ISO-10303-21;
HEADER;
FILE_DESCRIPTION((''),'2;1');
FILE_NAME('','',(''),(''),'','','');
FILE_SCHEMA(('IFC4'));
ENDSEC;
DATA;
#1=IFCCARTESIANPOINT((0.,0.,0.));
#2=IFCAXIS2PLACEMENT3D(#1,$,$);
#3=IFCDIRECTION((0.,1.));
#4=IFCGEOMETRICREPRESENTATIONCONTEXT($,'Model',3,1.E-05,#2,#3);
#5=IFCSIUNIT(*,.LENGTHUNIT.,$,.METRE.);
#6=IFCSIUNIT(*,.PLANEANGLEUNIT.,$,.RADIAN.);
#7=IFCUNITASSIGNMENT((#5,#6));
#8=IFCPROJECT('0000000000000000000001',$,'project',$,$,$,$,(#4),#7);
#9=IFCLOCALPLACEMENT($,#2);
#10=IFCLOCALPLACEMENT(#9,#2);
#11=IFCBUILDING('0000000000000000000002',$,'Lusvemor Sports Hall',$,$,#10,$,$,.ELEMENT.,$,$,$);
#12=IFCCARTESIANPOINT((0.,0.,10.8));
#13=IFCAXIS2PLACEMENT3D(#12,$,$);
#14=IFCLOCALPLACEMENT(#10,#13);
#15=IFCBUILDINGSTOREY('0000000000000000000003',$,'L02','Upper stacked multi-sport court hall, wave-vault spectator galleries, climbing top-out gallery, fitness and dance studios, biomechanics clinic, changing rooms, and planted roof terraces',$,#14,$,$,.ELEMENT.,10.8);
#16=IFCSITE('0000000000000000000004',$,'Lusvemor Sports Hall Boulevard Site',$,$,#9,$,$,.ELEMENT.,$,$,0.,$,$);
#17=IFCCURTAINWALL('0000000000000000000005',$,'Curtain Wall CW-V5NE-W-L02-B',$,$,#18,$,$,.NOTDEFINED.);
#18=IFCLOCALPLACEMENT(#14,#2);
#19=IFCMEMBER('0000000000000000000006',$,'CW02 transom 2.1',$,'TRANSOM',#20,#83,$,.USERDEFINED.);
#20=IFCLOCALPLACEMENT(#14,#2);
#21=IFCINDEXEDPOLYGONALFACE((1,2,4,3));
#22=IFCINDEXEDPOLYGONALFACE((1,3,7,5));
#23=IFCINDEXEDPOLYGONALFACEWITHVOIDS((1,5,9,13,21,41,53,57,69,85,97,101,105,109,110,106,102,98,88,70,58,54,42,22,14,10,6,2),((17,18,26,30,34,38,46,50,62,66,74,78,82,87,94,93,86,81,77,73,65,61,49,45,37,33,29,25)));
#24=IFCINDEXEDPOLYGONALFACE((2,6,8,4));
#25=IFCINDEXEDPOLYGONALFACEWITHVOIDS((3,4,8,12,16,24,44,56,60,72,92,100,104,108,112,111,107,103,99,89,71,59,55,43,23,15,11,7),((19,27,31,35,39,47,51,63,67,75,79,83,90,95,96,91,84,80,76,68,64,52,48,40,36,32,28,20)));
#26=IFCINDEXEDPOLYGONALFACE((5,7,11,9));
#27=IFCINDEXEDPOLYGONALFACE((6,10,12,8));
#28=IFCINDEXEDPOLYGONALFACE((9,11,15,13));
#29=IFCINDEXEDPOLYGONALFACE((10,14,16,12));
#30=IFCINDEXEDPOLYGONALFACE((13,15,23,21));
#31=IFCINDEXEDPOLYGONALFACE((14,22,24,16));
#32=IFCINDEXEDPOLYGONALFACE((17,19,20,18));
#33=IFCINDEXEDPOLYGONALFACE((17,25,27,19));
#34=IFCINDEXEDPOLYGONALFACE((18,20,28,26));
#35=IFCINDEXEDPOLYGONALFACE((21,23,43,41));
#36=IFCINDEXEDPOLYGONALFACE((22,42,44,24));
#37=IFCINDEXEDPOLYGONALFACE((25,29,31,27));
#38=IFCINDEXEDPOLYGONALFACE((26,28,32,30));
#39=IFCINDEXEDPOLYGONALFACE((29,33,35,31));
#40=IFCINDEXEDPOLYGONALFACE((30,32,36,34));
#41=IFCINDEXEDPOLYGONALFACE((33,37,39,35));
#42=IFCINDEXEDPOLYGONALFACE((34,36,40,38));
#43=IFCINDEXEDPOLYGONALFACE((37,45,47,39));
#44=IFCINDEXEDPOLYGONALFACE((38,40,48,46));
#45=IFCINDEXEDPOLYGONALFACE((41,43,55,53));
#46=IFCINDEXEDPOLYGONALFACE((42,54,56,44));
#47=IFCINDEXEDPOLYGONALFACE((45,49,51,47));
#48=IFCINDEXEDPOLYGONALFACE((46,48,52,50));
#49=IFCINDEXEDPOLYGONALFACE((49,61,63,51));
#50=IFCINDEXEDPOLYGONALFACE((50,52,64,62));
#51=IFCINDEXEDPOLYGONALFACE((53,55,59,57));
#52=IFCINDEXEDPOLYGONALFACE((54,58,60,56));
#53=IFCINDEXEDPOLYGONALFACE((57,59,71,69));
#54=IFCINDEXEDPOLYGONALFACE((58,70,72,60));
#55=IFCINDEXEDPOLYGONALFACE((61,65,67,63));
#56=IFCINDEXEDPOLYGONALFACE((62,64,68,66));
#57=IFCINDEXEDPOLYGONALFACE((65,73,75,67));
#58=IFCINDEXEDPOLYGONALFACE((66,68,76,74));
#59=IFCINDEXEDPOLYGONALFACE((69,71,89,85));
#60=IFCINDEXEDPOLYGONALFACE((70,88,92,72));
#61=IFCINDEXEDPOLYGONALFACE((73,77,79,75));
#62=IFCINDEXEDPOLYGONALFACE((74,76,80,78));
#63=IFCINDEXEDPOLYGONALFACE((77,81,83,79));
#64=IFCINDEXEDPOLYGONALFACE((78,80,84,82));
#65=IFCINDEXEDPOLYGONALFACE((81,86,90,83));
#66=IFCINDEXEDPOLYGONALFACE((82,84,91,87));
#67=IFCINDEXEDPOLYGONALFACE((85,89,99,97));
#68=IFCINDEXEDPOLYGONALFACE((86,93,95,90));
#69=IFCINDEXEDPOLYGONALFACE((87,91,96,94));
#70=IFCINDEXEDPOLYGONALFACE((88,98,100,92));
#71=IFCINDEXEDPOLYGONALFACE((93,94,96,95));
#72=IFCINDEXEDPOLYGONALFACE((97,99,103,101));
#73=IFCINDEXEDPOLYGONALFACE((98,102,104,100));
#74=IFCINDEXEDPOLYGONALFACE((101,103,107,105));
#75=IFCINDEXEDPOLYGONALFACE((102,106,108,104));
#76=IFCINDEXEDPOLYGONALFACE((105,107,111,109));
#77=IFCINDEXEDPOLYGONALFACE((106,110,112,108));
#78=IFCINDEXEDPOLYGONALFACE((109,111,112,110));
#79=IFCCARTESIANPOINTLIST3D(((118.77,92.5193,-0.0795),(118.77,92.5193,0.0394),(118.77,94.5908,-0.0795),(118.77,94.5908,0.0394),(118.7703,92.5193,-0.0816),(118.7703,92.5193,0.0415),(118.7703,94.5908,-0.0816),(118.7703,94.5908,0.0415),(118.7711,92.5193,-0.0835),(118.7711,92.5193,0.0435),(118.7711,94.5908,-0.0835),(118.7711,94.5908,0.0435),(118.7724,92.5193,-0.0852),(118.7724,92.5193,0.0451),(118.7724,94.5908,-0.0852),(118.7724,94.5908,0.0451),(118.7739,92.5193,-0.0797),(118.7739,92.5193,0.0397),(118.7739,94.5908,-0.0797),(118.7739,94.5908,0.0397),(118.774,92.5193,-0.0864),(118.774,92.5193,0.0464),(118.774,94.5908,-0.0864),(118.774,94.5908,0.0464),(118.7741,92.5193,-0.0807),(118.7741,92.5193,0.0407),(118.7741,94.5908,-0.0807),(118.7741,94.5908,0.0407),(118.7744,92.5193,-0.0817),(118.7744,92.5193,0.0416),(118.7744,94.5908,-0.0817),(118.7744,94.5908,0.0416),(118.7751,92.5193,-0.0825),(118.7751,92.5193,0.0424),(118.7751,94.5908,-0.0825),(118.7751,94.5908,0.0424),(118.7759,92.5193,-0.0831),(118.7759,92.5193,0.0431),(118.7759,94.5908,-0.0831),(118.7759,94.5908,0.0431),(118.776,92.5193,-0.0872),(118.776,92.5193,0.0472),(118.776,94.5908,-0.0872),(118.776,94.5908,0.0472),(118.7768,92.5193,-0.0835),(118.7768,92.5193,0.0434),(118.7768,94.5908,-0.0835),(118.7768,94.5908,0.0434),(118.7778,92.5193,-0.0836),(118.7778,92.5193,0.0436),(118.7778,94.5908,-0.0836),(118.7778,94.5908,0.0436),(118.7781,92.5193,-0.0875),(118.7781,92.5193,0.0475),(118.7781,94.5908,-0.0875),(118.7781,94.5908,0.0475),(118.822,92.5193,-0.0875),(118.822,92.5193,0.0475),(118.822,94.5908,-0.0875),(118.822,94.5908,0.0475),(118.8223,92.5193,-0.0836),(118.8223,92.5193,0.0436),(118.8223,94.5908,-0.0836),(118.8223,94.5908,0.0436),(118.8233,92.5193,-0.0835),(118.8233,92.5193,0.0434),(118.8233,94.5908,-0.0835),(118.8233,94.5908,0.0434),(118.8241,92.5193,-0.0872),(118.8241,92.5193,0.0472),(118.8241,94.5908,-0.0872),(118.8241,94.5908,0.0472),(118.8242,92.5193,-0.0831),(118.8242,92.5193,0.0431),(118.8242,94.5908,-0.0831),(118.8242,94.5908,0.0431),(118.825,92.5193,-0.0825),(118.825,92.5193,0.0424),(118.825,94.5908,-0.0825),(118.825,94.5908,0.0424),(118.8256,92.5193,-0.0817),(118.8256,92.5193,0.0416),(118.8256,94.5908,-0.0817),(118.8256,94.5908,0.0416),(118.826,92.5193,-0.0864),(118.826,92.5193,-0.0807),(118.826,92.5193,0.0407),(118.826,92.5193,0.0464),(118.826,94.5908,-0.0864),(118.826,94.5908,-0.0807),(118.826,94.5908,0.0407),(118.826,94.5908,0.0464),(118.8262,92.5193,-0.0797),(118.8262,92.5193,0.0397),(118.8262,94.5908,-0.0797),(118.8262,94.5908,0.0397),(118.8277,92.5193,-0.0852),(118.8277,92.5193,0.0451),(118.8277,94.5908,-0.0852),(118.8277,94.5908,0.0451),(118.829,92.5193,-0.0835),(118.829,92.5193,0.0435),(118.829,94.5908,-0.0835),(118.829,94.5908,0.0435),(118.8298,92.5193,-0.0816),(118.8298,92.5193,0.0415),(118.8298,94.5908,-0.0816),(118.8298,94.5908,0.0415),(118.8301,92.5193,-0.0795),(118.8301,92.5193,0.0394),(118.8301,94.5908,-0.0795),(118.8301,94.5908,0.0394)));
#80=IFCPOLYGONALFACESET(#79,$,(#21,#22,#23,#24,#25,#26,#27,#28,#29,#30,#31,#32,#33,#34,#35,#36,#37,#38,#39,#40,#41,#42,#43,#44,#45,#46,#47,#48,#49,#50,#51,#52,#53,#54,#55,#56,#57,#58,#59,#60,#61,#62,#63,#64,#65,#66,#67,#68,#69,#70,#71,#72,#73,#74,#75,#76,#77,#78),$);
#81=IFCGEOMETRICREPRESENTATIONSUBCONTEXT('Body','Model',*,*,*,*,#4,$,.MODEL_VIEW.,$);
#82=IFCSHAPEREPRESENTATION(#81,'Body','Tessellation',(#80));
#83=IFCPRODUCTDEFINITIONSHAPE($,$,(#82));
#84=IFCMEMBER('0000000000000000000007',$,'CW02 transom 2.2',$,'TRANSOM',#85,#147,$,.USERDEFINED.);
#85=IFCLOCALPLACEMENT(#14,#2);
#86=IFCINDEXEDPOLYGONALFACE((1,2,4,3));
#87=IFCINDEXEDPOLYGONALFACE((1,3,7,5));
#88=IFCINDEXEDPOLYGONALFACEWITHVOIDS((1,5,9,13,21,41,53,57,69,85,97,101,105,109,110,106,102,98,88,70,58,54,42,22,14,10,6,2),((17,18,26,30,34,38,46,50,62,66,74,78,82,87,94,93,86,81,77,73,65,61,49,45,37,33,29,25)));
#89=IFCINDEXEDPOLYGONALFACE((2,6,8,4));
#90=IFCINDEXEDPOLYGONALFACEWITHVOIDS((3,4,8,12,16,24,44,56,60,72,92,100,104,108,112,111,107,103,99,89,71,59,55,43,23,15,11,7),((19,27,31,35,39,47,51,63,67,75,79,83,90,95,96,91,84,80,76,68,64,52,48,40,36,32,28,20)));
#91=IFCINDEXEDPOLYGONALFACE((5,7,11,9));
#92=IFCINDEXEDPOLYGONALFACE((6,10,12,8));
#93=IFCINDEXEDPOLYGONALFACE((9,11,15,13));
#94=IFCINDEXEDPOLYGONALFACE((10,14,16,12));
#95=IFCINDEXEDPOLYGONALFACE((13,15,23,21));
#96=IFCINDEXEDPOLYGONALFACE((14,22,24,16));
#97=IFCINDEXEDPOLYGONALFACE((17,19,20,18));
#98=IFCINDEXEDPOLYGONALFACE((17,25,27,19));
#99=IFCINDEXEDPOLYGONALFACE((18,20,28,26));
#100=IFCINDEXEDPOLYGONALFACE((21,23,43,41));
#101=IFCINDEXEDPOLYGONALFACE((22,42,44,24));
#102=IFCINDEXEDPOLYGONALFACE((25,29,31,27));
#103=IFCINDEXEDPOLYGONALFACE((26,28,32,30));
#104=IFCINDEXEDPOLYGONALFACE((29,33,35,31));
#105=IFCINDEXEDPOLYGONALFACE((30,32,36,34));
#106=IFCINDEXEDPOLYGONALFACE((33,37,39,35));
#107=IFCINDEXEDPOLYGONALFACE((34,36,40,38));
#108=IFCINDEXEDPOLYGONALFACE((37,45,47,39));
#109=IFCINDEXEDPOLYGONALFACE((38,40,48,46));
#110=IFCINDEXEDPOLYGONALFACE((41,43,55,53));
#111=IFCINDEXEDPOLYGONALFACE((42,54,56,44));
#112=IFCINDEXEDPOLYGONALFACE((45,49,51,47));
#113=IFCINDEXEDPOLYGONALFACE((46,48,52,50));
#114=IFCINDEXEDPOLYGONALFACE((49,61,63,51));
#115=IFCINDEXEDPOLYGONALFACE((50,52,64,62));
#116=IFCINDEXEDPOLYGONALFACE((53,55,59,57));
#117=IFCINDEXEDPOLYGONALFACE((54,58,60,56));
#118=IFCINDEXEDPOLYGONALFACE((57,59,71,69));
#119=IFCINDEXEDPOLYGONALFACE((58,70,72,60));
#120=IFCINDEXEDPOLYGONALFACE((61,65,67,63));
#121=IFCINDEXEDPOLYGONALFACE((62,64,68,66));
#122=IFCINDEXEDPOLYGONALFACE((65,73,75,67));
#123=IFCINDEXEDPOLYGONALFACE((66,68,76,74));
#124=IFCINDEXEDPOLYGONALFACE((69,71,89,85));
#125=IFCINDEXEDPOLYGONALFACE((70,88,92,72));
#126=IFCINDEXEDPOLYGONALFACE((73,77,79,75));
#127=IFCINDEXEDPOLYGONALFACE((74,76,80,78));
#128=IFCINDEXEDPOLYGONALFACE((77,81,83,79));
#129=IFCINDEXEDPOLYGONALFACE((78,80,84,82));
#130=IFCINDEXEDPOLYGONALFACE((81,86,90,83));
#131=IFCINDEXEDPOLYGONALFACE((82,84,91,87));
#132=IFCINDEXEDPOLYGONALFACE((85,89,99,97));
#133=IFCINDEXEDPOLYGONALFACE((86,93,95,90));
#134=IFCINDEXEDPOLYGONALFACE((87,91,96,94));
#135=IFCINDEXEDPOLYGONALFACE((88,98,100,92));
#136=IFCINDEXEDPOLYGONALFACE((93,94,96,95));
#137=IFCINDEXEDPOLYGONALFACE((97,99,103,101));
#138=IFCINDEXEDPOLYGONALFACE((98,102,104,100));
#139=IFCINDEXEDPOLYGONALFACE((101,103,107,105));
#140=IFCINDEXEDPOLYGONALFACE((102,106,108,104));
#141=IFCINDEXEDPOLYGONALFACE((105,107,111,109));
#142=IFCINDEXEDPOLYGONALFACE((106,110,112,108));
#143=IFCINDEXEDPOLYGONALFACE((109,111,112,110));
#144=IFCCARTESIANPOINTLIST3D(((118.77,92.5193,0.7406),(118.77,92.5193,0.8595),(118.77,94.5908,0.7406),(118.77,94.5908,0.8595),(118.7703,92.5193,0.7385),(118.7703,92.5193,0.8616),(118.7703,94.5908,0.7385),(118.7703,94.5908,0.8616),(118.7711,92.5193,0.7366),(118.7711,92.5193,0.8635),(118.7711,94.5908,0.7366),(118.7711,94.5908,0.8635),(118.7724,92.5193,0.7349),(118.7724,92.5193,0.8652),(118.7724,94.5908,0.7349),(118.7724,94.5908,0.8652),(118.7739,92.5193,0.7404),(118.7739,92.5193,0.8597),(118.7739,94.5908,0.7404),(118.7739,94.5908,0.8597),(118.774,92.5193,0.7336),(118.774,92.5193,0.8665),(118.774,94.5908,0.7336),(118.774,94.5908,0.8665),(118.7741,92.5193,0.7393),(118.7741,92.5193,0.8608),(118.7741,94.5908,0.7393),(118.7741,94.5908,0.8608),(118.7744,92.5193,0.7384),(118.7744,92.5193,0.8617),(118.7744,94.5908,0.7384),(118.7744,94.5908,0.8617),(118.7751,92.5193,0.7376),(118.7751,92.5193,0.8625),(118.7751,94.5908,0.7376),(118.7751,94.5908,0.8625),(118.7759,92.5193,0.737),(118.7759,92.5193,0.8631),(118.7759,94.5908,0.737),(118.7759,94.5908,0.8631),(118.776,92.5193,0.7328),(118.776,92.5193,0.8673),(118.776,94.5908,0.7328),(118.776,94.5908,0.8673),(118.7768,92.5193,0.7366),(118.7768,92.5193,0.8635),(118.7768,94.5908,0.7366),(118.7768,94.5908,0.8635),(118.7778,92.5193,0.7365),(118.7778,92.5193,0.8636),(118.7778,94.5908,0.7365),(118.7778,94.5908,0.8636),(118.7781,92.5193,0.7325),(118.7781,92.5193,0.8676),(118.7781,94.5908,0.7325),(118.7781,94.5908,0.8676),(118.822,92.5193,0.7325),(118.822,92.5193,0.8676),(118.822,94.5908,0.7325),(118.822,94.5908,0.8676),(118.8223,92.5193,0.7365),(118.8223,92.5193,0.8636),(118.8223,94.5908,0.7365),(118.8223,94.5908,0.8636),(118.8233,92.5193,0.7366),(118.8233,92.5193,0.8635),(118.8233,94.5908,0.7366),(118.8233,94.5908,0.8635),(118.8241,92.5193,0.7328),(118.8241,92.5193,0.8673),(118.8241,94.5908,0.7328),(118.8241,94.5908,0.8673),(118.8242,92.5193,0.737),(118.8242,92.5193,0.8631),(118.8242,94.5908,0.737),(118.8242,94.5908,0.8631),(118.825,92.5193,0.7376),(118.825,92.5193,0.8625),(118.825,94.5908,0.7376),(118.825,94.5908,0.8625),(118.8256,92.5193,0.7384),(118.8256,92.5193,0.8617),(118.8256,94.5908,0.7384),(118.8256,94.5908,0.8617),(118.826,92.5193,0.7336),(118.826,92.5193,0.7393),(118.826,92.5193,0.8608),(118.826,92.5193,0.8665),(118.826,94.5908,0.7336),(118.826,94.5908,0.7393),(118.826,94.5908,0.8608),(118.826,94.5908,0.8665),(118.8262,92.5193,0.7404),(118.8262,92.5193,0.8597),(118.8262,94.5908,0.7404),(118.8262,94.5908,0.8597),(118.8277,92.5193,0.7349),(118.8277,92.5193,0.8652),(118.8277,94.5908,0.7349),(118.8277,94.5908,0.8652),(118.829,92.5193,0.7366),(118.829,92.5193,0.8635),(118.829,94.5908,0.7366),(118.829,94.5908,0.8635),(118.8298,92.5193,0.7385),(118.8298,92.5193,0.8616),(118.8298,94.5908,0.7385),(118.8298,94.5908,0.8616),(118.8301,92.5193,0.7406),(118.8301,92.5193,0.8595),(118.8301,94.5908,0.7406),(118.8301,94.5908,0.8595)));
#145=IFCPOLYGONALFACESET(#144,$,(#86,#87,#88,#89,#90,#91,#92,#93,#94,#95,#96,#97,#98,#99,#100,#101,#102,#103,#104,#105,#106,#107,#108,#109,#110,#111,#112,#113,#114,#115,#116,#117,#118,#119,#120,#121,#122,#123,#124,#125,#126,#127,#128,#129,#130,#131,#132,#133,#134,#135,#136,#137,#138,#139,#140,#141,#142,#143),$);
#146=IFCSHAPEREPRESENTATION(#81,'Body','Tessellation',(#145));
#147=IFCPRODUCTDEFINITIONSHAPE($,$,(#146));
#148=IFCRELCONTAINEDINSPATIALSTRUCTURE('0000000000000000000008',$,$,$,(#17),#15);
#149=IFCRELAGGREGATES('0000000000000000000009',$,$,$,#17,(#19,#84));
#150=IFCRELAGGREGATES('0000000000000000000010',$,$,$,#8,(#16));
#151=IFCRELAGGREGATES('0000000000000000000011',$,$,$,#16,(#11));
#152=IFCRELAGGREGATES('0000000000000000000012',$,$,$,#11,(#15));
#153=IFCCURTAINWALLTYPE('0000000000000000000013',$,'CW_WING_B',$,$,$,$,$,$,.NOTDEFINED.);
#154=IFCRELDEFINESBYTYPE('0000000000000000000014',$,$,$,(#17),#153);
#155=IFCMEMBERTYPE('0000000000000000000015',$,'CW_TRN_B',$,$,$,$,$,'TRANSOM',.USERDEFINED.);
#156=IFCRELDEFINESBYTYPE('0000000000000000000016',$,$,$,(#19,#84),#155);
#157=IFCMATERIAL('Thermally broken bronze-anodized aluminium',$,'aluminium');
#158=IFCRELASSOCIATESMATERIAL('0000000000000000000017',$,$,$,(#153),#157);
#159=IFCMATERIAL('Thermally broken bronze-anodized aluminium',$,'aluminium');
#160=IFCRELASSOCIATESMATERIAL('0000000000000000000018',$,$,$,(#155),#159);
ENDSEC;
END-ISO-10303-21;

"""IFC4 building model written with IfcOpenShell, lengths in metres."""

from ifc_helpers import new_model, si_unit, direction, frame, origin, origin_2d, place, context, subcontext, project, spatial, hollow_rectangle, extrude, material, material_profile, profile_set, type_object, element, aggregate, save


model = new_model("IFC4")

# Units and contexts
model_context = context("Model", 3, precision=1e-05, world=origin(), true_north=direction((0.0, 1.0)))
body_context = subcontext(model_context, "Body", "Model", "MODEL_VIEW")
ifc_project = project(units=[si_unit("LENGTHUNIT", "METRE"), si_unit("PLANEANGLEUNIT", "RADIAN")], contexts=[model_context])

# Site, building, storey
site_placement = place(None, origin())
site = spatial("IfcSite", under=ifc_project, at=site_placement, Name="Lusvemor Sports Hall Boulevard Site", CompositionType="ELEMENT", RefElevation=0.0)
building_placement = place(site_placement, origin())
building = spatial("IfcBuilding", under=site, at=building_placement, Name="Lusvemor Sports Hall", CompositionType="ELEMENT")
storey_placement = place(building_placement, frame((0.0, 0.0, 10.8)))
storey = spatial("IfcBuildingStorey", under=building, at=storey_placement, Name="L02", Description="Upper stacked multi-sport court hall, wave-vault spectator galleries, climbing top-out gallery, fitness and dance studios, biomechanics clinic, changing rooms, and planted roof terraces", CompositionType="ELEMENT", Elevation=10.8)

# Curtain wall, members
ifc_material_1 = material(Name="Thermally broken bronze-anodized aluminium", Category="aluminium")
curtain_wall_type = type_object("IfcCurtainWallType", Name="CW_WING_B", PredefinedType="NOTDEFINED", material=ifc_material_1)
curtain_wall_placement = place(storey_placement, origin())
curtain_wall = element("IfcCurtainWall", 1, at=curtain_wall_placement, inside=storey, type_object=curtain_wall_type, Name="Curtain Wall CW-V5NE-W-L02-B", PredefinedType="NOTDEFINED")
ifc_material_2 = material(Name="Thermally broken bronze-anodized aluminium", Category="aluminium")
ifc_material_profile_1 = material_profile(ifc_material_2, hollow_rectangle(XDim=0.0601, YDim=0.135, WallThickness=0.0039, InnerFilletRadius=0.0039, OuterFilletRadius=0.0081, at=origin_2d()), Name="CWTRN135x60x4")
ifc_profile_set_1 = profile_set([ifc_material_profile_1], Name="Thermally broken bronze-anodized aluminium")
member_type_1 = type_object("IfcMemberType", Name="CW_TRN_B", ElementType="TRANSOM", PredefinedType="USERDEFINED", material=ifc_profile_set_1)
member_1_placement = place(storey_placement, frame((118.8, 92.5193, -0.02), z_axis=(0.0, 1.0, 0.0), x_axis=(-1.0, 0.0, 0.0)))
member_1 = element("IfcMember", 2, at=member_1_placement, type_object=member_type_1, Name="CW02 transom 2.1", ObjectType="TRANSOM", PredefinedType="USERDEFINED", context=body_context, shape_type="SweptSolid", body=[
    extrude(hollow_rectangle(XDim=0.0601, YDim=0.135, WallThickness=0.0039, InnerFilletRadius=0.0039, OuterFilletRadius=0.0081, at=origin_2d()), origin(), (0.0, 0.0, 1.0), 2.0715),
])
member_2_placement = place(storey_placement, frame((118.8, 92.5193, 0.8), z_axis=(0.0, 1.0, 0.0), x_axis=(-1.0, 0.0, 0.0)))
member_2 = element("IfcMember", 3, at=member_2_placement, type_object=member_type_1, Name="CW02 transom 2.2", ObjectType="TRANSOM", PredefinedType="USERDEFINED", context=body_context, shape_type="SweptSolid", body=[
    extrude(hollow_rectangle(XDim=0.0601, YDim=0.135, WallThickness=0.0039, InnerFilletRadius=0.0039, OuterFilletRadius=0.0081, at=origin_2d()), origin(), (0.0, 0.0, 1.0), 2.0715),
])
aggregate(curtain_wall, [member_1, member_2])

save(model, "model.ifc")
